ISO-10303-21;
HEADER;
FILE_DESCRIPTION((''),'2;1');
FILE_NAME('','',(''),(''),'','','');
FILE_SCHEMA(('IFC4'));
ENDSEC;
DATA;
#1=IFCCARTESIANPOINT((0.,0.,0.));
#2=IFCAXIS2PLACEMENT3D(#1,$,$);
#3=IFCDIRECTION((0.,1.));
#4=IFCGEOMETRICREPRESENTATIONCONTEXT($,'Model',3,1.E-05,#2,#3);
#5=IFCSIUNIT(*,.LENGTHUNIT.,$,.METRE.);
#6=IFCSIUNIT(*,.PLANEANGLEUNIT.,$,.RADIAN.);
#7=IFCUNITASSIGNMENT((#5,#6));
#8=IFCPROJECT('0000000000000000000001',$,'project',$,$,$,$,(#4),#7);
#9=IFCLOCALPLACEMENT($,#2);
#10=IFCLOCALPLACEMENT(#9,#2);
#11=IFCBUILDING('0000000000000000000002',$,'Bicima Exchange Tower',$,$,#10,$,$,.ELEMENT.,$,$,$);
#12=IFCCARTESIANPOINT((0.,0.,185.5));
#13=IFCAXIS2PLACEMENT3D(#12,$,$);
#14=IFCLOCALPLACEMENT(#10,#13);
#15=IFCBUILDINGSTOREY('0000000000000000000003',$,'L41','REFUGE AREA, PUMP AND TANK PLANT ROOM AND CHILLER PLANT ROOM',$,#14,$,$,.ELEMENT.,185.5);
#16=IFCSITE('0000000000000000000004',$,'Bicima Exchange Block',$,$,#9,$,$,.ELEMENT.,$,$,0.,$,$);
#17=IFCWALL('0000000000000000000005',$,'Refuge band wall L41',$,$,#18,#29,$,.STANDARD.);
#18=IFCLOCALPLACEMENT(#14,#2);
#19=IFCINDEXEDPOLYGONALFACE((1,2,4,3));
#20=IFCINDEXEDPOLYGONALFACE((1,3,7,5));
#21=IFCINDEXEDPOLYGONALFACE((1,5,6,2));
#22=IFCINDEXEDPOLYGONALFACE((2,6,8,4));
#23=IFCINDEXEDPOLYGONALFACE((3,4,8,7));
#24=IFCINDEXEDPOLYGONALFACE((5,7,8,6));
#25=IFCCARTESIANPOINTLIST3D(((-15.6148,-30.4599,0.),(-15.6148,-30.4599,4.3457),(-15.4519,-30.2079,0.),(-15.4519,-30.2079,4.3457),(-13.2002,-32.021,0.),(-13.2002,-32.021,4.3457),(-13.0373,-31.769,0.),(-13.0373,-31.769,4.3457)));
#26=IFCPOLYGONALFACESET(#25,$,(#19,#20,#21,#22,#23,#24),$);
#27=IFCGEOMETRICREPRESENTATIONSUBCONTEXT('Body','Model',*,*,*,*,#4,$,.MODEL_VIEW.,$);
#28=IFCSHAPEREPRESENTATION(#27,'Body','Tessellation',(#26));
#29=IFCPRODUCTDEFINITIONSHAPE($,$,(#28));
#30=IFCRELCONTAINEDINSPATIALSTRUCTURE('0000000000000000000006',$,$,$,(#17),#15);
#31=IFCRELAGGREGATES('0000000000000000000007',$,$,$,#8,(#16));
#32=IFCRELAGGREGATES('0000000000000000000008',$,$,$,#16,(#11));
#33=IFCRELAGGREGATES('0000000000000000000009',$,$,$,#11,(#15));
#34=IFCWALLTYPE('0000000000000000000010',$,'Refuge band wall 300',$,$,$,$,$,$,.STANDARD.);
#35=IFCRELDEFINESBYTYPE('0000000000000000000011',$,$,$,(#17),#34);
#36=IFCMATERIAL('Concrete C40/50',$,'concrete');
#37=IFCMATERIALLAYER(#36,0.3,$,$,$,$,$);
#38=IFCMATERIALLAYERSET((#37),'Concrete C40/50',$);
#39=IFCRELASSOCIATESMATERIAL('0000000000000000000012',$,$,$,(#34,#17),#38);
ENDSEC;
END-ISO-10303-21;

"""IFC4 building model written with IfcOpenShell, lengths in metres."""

from ifc_helpers import new_model, si_unit, direction, frame, frame_2d, origin, place, context, subcontext, project, spatial, rectangle, extrude, material, layer, layer_set, layer_usage, type_object, element, save


model = new_model("IFC4")

# Units and contexts
model_context = context("Model", 3, precision=1e-05, world=origin(), true_north=direction((0.0, 1.0)))
body_context = subcontext(model_context, "Body", "Model", "MODEL_VIEW")
ifc_project = project(units=[si_unit("LENGTHUNIT", "METRE"), si_unit("PLANEANGLEUNIT", "RADIAN")], contexts=[model_context])

# Site, building, storey
site_placement = place(None, origin())
site = spatial("IfcSite", under=ifc_project, at=site_placement, Name="Bicima Exchange Block", CompositionType="ELEMENT", RefElevation=0.0)
building_placement = place(site_placement, origin())
building = spatial("IfcBuilding", under=site, at=building_placement, Name="Bicima Exchange Tower", CompositionType="ELEMENT")
storey_placement = place(building_placement, frame((0.0, 0.0, 185.5)))
storey = spatial("IfcBuildingStorey", under=building, at=storey_placement, Name="L41", Description="REFUGE AREA, PUMP AND TANK PLANT ROOM AND CHILLER PLANT ROOM", CompositionType="ELEMENT", Elevation=185.5)

# Shared definitions
ifc_material_1 = material(Name="Concrete C40/50", Category="concrete")

# Wall
ifc_layer_1 = layer(ifc_material_1, 0.3)
ifc_layer_set_1 = layer_set([ifc_layer_1], Name="Concrete C40/50")
ifc_layer_usage_1 = layer_usage(ifc_layer_set_1, "AXIS2", "POSITIVE", -0.15)
wall_type_1 = type_object("IfcWallType", Name="Refuge band wall 300", PredefinedType="STANDARD", material=ifc_layer_set_1)
wall_1_placement = place(storey_placement, frame((-15.5332, -30.334, 0.0), z_axis=(0.0, 0.0, 1.0), x_axis=(0.83978, -0.542927, 0.0)))
element("IfcWall", 1, at=wall_1_placement, inside=storey, type_object=wall_type_1, material=ifc_layer_usage_1, Name="Refuge band wall L41", PredefinedType="STANDARD", context=body_context, shape_type="SweptSolid", body=[
    extrude(rectangle(XDim=2.8752, YDim=0.3, at=frame_2d((1.4375, 0.0))), origin(), (0.0, 0.0, 1.0), 4.3457),
])

save(model, "model.ifc")
